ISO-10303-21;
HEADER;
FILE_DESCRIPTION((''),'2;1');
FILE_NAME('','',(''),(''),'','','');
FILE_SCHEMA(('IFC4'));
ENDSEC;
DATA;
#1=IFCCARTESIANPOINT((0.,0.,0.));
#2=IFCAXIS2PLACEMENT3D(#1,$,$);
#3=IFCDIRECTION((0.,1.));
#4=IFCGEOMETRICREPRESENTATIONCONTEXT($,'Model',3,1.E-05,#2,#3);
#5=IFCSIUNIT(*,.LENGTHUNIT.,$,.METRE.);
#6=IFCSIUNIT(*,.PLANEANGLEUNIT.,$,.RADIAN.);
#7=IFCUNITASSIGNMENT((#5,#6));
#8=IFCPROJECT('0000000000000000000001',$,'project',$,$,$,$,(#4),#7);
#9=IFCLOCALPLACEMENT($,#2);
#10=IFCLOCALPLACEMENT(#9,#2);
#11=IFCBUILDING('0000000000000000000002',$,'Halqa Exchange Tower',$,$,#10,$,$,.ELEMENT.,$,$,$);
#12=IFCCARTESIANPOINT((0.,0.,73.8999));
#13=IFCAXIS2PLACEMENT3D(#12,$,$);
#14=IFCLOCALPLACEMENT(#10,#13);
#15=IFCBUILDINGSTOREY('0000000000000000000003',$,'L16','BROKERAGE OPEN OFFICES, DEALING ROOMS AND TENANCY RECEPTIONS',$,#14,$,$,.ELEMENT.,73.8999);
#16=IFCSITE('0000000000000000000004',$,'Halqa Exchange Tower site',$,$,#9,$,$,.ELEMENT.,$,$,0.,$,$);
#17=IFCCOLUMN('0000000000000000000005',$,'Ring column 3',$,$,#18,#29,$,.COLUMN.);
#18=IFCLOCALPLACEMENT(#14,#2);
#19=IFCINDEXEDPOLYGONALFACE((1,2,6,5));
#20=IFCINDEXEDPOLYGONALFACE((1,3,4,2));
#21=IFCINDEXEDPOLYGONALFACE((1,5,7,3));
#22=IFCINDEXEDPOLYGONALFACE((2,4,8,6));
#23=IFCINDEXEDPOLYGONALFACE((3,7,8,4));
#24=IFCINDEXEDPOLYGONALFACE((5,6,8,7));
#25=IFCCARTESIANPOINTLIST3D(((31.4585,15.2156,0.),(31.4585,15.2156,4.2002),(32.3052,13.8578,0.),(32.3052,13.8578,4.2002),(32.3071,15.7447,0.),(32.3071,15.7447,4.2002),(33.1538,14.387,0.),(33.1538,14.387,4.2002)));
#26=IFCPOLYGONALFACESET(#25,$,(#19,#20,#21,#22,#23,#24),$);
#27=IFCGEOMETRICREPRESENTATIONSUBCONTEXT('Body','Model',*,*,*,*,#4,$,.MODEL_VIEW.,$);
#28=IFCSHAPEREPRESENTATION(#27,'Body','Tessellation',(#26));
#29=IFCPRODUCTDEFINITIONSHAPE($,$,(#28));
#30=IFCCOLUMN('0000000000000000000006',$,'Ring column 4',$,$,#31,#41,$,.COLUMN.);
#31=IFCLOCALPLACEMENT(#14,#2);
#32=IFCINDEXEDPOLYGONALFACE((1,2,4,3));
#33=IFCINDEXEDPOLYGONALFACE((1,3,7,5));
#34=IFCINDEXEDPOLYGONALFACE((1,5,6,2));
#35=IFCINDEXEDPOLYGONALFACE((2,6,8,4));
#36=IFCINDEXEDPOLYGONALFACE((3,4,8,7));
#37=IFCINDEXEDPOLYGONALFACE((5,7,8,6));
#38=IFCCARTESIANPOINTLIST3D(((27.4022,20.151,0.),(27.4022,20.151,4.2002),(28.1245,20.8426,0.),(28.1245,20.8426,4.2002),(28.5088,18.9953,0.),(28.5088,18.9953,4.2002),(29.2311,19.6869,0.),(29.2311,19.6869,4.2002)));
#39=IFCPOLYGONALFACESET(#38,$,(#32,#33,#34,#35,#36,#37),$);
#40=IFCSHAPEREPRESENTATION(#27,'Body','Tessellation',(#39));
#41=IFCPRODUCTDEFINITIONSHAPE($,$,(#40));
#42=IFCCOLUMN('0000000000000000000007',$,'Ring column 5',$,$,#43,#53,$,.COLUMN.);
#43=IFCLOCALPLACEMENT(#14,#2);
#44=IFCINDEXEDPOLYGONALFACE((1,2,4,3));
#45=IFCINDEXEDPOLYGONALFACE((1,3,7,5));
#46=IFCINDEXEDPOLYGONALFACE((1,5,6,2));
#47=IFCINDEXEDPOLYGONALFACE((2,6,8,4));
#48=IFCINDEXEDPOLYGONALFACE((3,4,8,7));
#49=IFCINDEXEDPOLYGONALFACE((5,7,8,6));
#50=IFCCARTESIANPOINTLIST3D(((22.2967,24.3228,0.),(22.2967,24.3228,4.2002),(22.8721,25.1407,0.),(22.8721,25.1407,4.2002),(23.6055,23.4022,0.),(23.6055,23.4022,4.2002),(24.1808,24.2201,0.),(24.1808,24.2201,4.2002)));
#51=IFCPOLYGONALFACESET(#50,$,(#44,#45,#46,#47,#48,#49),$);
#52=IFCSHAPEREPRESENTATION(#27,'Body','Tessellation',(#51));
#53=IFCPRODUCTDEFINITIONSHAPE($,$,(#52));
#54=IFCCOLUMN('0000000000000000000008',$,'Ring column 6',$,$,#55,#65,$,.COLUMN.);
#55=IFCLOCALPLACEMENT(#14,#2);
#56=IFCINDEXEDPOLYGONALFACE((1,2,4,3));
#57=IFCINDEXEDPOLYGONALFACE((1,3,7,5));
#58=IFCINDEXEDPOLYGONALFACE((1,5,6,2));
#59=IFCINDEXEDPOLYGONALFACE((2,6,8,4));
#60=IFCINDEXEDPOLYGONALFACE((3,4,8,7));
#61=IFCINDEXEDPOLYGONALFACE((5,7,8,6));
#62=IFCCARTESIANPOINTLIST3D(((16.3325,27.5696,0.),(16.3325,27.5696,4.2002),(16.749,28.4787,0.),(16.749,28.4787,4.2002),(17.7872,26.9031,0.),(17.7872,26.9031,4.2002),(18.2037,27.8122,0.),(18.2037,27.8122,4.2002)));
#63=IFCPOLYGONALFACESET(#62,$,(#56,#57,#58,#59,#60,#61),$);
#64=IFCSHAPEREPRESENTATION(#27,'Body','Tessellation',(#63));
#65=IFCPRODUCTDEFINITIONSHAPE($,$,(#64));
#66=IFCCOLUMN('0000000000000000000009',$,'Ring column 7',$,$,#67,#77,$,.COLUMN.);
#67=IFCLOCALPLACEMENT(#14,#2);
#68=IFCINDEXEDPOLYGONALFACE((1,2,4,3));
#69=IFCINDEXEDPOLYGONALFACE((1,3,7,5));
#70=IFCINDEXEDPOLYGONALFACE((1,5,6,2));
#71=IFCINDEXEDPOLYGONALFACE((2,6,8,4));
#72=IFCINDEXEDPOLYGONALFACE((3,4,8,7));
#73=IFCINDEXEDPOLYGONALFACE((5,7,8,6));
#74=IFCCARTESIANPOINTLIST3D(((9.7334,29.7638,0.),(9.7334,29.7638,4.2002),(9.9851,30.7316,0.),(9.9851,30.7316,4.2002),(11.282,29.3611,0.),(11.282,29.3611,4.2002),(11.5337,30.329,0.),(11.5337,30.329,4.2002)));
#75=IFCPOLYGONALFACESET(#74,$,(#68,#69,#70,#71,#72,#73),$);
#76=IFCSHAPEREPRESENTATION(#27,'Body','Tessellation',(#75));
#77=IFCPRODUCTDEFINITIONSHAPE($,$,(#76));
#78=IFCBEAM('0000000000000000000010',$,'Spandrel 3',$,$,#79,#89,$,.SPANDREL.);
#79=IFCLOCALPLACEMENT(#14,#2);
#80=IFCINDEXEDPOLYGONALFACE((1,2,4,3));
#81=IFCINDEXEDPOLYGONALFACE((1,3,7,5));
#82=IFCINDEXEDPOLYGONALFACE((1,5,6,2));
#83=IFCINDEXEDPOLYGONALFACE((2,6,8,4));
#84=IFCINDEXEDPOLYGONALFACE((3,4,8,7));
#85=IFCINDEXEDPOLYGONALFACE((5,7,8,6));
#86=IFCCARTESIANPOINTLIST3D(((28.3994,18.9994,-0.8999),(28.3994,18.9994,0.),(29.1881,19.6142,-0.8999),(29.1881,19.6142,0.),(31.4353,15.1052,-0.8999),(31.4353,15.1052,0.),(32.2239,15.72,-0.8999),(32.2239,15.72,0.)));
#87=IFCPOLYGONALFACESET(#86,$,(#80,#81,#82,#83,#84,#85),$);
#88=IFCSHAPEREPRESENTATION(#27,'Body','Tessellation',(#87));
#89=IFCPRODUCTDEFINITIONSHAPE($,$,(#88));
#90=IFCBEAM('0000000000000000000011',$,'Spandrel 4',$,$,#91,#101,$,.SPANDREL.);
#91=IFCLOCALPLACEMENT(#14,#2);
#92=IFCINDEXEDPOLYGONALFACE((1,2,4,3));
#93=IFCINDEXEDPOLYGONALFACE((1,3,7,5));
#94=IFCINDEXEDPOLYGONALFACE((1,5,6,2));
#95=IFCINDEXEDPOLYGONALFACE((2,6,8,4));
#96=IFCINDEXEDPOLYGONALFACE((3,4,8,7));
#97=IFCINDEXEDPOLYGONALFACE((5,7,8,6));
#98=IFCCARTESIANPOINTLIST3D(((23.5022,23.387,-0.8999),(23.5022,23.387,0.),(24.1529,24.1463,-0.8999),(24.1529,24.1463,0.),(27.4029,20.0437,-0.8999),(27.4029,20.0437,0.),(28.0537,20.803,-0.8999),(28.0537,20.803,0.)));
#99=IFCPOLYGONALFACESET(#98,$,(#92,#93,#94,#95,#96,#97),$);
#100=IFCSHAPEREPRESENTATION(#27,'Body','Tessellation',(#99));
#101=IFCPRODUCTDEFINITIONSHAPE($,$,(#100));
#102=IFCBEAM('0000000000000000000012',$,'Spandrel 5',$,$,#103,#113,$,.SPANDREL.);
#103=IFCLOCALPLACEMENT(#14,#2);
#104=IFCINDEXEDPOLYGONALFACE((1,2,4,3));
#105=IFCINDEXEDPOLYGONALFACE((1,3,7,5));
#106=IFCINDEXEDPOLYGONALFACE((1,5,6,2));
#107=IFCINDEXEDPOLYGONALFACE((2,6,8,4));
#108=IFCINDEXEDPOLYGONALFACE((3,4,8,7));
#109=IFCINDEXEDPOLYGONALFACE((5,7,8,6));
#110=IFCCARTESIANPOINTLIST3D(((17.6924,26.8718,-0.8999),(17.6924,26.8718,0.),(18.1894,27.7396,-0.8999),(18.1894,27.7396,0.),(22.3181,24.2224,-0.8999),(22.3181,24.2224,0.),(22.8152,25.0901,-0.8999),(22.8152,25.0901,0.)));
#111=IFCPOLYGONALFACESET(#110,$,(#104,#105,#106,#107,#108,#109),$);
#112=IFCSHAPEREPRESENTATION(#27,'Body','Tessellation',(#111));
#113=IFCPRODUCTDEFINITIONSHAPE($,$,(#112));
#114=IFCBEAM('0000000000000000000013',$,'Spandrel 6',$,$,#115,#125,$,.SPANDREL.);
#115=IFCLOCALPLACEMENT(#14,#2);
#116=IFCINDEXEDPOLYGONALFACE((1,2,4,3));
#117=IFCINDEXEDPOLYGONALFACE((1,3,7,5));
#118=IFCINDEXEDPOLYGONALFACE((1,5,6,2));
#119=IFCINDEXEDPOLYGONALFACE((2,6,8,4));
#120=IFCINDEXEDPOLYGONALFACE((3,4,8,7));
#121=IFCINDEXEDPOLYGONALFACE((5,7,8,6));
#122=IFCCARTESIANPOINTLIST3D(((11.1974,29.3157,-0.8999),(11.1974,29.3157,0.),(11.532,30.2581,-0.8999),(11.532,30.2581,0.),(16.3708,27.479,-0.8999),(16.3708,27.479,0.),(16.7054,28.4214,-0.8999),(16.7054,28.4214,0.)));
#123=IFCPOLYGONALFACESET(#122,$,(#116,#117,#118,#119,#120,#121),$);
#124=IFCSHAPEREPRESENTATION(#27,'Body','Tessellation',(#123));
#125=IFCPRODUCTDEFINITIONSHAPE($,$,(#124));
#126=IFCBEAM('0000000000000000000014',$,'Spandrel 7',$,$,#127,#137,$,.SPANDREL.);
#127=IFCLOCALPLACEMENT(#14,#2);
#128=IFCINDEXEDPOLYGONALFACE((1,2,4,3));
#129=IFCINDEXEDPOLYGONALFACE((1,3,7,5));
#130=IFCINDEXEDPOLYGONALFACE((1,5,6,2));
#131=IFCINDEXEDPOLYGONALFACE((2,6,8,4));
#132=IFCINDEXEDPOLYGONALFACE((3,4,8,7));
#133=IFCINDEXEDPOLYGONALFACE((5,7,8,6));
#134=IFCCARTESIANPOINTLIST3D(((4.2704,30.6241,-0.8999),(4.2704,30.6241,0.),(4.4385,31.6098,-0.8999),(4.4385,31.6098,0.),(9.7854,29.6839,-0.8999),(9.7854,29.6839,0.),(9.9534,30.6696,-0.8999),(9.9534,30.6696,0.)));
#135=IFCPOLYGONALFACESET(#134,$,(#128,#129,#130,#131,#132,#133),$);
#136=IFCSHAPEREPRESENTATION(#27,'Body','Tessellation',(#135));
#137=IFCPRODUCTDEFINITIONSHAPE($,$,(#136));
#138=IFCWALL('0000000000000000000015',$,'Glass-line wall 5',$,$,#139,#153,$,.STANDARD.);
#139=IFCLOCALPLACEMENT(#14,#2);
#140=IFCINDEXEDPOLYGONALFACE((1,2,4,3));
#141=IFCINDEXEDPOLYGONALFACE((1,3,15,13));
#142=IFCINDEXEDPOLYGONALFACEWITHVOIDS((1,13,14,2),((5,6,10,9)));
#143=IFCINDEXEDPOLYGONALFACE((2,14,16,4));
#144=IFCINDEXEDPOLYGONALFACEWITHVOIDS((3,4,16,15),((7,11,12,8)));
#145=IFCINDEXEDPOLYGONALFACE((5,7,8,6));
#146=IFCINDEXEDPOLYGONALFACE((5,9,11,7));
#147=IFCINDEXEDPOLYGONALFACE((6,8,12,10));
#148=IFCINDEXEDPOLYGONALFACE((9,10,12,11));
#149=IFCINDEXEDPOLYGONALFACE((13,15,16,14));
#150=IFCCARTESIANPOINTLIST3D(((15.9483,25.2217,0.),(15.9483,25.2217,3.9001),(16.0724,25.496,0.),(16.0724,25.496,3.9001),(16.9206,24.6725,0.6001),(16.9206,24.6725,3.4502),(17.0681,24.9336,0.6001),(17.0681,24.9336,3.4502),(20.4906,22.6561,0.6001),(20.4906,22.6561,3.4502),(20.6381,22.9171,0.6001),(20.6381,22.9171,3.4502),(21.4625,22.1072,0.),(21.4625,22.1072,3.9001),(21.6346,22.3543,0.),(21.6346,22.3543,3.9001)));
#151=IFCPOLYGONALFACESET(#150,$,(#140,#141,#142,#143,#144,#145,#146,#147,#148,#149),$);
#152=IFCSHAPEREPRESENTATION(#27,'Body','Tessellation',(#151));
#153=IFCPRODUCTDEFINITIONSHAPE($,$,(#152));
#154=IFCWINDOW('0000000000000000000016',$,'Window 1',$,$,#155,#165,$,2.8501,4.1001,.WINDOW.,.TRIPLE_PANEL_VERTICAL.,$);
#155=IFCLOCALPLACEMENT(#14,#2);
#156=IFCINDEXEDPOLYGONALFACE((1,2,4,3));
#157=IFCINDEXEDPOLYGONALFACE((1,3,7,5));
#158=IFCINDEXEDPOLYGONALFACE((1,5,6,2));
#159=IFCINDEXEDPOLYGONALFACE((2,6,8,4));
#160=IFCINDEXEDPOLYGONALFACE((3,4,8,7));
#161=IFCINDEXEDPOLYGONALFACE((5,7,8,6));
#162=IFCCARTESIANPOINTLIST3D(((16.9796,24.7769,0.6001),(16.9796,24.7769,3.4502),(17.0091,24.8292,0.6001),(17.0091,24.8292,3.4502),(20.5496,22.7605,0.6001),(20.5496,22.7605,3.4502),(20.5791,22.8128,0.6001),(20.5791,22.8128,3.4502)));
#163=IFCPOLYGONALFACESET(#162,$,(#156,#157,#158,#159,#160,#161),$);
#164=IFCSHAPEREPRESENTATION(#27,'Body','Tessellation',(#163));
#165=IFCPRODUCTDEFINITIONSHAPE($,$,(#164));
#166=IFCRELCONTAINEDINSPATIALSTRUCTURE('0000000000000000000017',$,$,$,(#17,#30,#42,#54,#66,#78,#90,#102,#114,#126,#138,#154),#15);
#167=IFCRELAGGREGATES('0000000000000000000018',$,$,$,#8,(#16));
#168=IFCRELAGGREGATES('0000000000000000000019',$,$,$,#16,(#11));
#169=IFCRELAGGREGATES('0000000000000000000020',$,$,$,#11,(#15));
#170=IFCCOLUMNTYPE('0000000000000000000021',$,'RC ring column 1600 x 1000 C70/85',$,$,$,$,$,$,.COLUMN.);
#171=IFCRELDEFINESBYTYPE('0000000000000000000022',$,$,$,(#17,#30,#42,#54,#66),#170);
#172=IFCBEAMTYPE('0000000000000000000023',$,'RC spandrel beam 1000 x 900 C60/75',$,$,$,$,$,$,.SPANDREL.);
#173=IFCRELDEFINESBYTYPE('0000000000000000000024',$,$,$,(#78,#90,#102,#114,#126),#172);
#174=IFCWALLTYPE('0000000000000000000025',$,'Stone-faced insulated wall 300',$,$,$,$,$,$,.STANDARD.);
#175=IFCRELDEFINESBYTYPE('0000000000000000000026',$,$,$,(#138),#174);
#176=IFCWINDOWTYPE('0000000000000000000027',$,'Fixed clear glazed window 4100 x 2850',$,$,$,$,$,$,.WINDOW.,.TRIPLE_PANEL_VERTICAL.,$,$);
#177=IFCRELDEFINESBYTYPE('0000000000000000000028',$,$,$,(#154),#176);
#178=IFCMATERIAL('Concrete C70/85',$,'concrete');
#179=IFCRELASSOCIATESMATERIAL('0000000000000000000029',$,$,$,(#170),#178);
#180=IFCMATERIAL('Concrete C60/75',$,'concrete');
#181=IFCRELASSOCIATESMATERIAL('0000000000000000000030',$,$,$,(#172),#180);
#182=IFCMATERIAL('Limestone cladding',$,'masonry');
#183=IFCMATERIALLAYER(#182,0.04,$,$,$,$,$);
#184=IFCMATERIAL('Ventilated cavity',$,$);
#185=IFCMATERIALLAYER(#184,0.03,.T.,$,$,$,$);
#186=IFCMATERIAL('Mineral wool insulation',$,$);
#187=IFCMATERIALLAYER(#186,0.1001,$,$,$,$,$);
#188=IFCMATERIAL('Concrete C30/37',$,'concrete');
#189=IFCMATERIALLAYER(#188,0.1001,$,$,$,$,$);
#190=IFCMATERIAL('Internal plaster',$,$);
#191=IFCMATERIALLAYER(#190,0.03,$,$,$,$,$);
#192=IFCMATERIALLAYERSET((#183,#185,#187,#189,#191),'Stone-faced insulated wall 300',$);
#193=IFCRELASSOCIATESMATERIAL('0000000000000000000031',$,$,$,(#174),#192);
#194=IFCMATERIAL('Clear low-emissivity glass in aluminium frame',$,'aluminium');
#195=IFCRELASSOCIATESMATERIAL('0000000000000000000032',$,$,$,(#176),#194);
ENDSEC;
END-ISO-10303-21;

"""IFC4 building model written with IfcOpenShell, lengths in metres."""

from ifc_helpers import new_model, si_unit, direction, frame, frame_2d, origin, origin_2d, place, context, subcontext, project, spatial, polyline, rectangle, outline, extrude, material, layer, layer_set, material_profile, profile_set, type_object, element, fill, save


model = new_model("IFC4")

# Units and contexts
model_context = context("Model", 3, precision=1e-05, world=origin(), true_north=direction((0.0, 1.0)))
body_context = subcontext(model_context, "Body", "Model", "MODEL_VIEW")
ifc_project = project(units=[si_unit("LENGTHUNIT", "METRE"), si_unit("PLANEANGLEUNIT", "RADIAN")], contexts=[model_context])

# Site, building, storey
site_placement = place(None, origin())
site = spatial("IfcSite", under=ifc_project, at=site_placement, Name="Halqa Exchange Tower site", CompositionType="ELEMENT", RefElevation=0.0)
building_placement = place(site_placement, origin())
building = spatial("IfcBuilding", under=site, at=building_placement, Name="Halqa Exchange Tower", CompositionType="ELEMENT")
storey_placement = place(building_placement, frame((0.0, 0.0, 73.8999)))
storey = spatial("IfcBuildingStorey", under=building, at=storey_placement, Name="L16", Description="BROKERAGE OPEN OFFICES, DEALING ROOMS AND TENANCY RECEPTIONS", CompositionType="ELEMENT", Elevation=73.8999)

# Columns
ifc_material_1 = material(Name="Concrete C70/85", Category="concrete")
ifc_material_profile_1 = material_profile(ifc_material_1, rectangle(XDim=1.6001, YDim=1.0, at=origin_2d()), Name="1600 x 1000")
ifc_profile_set_1 = profile_set([ifc_material_profile_1], Name="Concrete C70/85")
column_type = type_object("IfcColumnType", Name="RC ring column 1600 x 1000 C70/85", PredefinedType="COLUMN", material=ifc_profile_set_1)
for number, where, z_axis, x_axis, name in (
    (1, (32.3062, 14.8013, 0.0), (0.0, 0.0, 1.0), (-0.529145, 0.848531, 0.0), "Ring column 3"),
    (2, (28.3167, 19.9189, 0.0), (0.0, 0.0, 1.0), (-0.691579, 0.722301, 0.0), "Ring column 4"),
    (3, (23.2388, 24.2715, 0.0), (0.0, 0.0, 1.0), (-0.817909, 0.575348, 0.0), "Ring column 5"),
    (4, (17.2681, 27.6909, 0.0), (0.0, 0.0, 1.0), (-0.909127, 0.416519, 0.0), "Ring column 6"),
    (5, (10.6335, 30.0464, 0.0), (0.0, 0.0, 1.0), (-0.96782, 0.251644, 0.0), "Ring column 7"),
):
    element("IfcColumn", number, at=place(storey_placement, frame(where, z_axis=z_axis, x_axis=x_axis)), inside=storey, type_object=column_type, Name=name, PredefinedType="COLUMN", context=body_context, shape_type="SweptSolid", body=[
        extrude(rectangle(XDim=1.6001, YDim=1.0, at=origin_2d()), origin(), (0.0, 0.0, 1.0), 4.2002),
    ])

# Beams
ifc_material_2 = material(Name="Concrete C60/75", Category="concrete")
ifc_material_profile_2 = material_profile(ifc_material_2, rectangle(XDim=1.0, YDim=0.8999, at=origin_2d()), Name="1000 x 900")
ifc_profile_set_2 = profile_set([ifc_material_profile_2], Name="Concrete C60/75")
beam_type = type_object("IfcBeamType", Name="RC spandrel beam 1000 x 900 C60/75", PredefinedType="SPANDREL", material=ifc_profile_set_2)
beam_1_placement = place(storey_placement, frame((31.8296, 15.4126, -0.45), z_axis=(-0.614823, 0.788665, 0.0), x_axis=(-0.788665, -0.614823, 0.0)))
element("IfcBeam", 6, at=beam_1_placement, inside=storey, type_object=beam_type, Name="Spandrel 3", PredefinedType="SPANDREL", context=body_context, shape_type="SweptSolid", body=[
    extrude(rectangle(XDim=1.0, YDim=0.8999, at=origin_2d()), origin(), (0.0, 0.0, 1.0), 4.9377),
])
beam_2_placement = place(storey_placement, frame((27.7283, 20.4233, -0.45), z_axis=(-0.75927, 0.650776, 0.0), x_axis=(-0.650776, -0.75927, 0.0)))
element("IfcBeam", 7, at=beam_2_placement, inside=storey, type_object=beam_type, Name="Spandrel 4", PredefinedType="SPANDREL", context=body_context, shape_type="SweptSolid", body=[
    extrude(rectangle(XDim=1.0, YDim=0.8999, at=origin_2d()), origin(), (0.0, 0.0, 1.0), 5.1375),
])
beam_3_placement = place(storey_placement, frame((22.5667, 24.6562, -0.45), z_axis=(-0.867747, 0.497007, 0.0), x_axis=(-0.497007, -0.867747, 0.0)))
element("IfcBeam", 8, at=beam_3_placement, inside=storey, type_object=beam_type, Name="Spandrel 5", PredefinedType="SPANDREL", context=body_context, shape_type="SweptSolid", body=[
    extrude(rectangle(XDim=1.0, YDim=0.8999, at=origin_2d()), origin(), (0.0, 0.0, 1.0), 5.3308),
])
beam_4_placement = place(storey_placement, frame((16.5381, 27.9502, -0.45), z_axis=(-0.942372, 0.334567, 0.0), x_axis=(-0.334567, -0.942372, 0.0)))
element("IfcBeam", 9, at=beam_4_placement, inside=storey, type_object=beam_type, Name="Spandrel 6", PredefinedType="SPANDREL", context=body_context, shape_type="SweptSolid", body=[
    extrude(rectangle(XDim=1.0, YDim=0.8999, at=origin_2d()), origin(), (0.0, 0.0, 1.0), 5.4897),
])
beam_5_placement = place(storey_placement, frame((9.8694, 30.1768, -0.45), z_axis=(-0.985777, 0.168057, 0.0), x_axis=(-0.168057, -0.985777, 0.0)))
element("IfcBeam", 10, at=beam_5_placement, inside=storey, type_object=beam_type, Name="Spandrel 7", PredefinedType="SPANDREL", context=body_context, shape_type="SweptSolid", body=[
    extrude(rectangle(XDim=1.0, YDim=0.8999, at=origin_2d()), origin(), (0.0, 0.0, 1.0), 5.5945),
])

# Shared definitions
ifc_material_3 = material(Name="Limestone cladding", Category="masonry")
ifc_layer_1 = layer(ifc_material_3, 0.04)
ifc_material_4 = material(Name="Ventilated cavity")
ifc_layer_2 = layer(ifc_material_4, 0.03, ventilated=True)
ifc_material_5 = material(Name="Mineral wool insulation")
ifc_layer_3 = layer(ifc_material_5, 0.1001)
ifc_material_6 = material(Name="Concrete C30/37", Category="concrete")
ifc_layer_4 = layer(ifc_material_6, 0.1001)
ifc_material_7 = material(Name="Internal plaster")
ifc_layer_5 = layer(ifc_material_7, 0.03)
ifc_layer_set = layer_set([ifc_layer_1, ifc_layer_2, ifc_layer_3, ifc_layer_4, ifc_layer_5], Name="Stone-faced insulated wall 300")
wall_type = type_object("IfcWallType", Name="Stone-faced insulated wall 300", PredefinedType="STANDARD", material=ifc_layer_set)
ifc_material_8 = material(Name="Clear low-emissivity glass in aluminium frame", Category="aluminium")

# Wall, opening, window
wall_1_placement = place(storey_placement, frame((21.5486, 22.2307, 0.0), z_axis=(0.0, 0.0, 1.0), x_axis=(-0.87071, 0.491797, 0.0)))
wall_1 = element("IfcWall", 11, at=wall_1_placement, inside=storey, type_object=wall_type, Name="Glass-line wall 5", PredefinedType="STANDARD", context=body_context, shape_type="SweptSolid", body=[
    extrude(outline(polyline([(-0.0142, -0.1499), (6.374, -0.1499), (6.3472, 0.1499), (0.0142, 0.1499), (-0.0142, -0.1499)])), origin(), (0.0, 0.0, 1.0), 3.9001),
])
opening_1_placement = place(wall_1_placement, frame((1.1304, 0.0, 0.6001)))
opening_1 = element("IfcOpeningElement", 12, at=opening_1_placement, cuts=wall_1, PredefinedType="OPENING", context=body_context, shape_type="SweptSolid", body=[
    extrude(rectangle(XDim=4.1001, YDim=2.8501, at=frame_2d((2.05, 1.425))), frame((0.0, 0.1621, 0.0), z_axis=(0.0, -1.0, 0.0), x_axis=(1.0, 0.0, 0.0)), (0.0, 0.0, 1.0), 0.324),
])
window_type = type_object("IfcWindowType", Name="Fixed clear glazed window 4100 x 2850", PartitioningType="TRIPLE_PANEL_VERTICAL", PredefinedType="WINDOW", material=ifc_material_8)
window_1_placement = place(opening_1_placement, origin())
window_1 = element("IfcWindow", 13, at=window_1_placement, inside=storey, type_object=window_type, Name="Window 1", OverallHeight=2.8501, OverallWidth=4.1001, PartitioningType="TRIPLE_PANEL_VERTICAL", PredefinedType="WINDOW", context=body_context, shape_type="SweptSolid", body=[
    extrude(rectangle(XDim=4.1001, YDim=2.8501, at=frame_2d((2.05, 1.425))), frame((0.0, 0.03, 0.0), z_axis=(0.0, -1.0, 0.0), x_axis=(1.0, 0.0, 0.0)), (0.0, 0.0, 1.0), 0.0601),
])
fill(opening_1, window_1)

save(model, "model.ifc")
